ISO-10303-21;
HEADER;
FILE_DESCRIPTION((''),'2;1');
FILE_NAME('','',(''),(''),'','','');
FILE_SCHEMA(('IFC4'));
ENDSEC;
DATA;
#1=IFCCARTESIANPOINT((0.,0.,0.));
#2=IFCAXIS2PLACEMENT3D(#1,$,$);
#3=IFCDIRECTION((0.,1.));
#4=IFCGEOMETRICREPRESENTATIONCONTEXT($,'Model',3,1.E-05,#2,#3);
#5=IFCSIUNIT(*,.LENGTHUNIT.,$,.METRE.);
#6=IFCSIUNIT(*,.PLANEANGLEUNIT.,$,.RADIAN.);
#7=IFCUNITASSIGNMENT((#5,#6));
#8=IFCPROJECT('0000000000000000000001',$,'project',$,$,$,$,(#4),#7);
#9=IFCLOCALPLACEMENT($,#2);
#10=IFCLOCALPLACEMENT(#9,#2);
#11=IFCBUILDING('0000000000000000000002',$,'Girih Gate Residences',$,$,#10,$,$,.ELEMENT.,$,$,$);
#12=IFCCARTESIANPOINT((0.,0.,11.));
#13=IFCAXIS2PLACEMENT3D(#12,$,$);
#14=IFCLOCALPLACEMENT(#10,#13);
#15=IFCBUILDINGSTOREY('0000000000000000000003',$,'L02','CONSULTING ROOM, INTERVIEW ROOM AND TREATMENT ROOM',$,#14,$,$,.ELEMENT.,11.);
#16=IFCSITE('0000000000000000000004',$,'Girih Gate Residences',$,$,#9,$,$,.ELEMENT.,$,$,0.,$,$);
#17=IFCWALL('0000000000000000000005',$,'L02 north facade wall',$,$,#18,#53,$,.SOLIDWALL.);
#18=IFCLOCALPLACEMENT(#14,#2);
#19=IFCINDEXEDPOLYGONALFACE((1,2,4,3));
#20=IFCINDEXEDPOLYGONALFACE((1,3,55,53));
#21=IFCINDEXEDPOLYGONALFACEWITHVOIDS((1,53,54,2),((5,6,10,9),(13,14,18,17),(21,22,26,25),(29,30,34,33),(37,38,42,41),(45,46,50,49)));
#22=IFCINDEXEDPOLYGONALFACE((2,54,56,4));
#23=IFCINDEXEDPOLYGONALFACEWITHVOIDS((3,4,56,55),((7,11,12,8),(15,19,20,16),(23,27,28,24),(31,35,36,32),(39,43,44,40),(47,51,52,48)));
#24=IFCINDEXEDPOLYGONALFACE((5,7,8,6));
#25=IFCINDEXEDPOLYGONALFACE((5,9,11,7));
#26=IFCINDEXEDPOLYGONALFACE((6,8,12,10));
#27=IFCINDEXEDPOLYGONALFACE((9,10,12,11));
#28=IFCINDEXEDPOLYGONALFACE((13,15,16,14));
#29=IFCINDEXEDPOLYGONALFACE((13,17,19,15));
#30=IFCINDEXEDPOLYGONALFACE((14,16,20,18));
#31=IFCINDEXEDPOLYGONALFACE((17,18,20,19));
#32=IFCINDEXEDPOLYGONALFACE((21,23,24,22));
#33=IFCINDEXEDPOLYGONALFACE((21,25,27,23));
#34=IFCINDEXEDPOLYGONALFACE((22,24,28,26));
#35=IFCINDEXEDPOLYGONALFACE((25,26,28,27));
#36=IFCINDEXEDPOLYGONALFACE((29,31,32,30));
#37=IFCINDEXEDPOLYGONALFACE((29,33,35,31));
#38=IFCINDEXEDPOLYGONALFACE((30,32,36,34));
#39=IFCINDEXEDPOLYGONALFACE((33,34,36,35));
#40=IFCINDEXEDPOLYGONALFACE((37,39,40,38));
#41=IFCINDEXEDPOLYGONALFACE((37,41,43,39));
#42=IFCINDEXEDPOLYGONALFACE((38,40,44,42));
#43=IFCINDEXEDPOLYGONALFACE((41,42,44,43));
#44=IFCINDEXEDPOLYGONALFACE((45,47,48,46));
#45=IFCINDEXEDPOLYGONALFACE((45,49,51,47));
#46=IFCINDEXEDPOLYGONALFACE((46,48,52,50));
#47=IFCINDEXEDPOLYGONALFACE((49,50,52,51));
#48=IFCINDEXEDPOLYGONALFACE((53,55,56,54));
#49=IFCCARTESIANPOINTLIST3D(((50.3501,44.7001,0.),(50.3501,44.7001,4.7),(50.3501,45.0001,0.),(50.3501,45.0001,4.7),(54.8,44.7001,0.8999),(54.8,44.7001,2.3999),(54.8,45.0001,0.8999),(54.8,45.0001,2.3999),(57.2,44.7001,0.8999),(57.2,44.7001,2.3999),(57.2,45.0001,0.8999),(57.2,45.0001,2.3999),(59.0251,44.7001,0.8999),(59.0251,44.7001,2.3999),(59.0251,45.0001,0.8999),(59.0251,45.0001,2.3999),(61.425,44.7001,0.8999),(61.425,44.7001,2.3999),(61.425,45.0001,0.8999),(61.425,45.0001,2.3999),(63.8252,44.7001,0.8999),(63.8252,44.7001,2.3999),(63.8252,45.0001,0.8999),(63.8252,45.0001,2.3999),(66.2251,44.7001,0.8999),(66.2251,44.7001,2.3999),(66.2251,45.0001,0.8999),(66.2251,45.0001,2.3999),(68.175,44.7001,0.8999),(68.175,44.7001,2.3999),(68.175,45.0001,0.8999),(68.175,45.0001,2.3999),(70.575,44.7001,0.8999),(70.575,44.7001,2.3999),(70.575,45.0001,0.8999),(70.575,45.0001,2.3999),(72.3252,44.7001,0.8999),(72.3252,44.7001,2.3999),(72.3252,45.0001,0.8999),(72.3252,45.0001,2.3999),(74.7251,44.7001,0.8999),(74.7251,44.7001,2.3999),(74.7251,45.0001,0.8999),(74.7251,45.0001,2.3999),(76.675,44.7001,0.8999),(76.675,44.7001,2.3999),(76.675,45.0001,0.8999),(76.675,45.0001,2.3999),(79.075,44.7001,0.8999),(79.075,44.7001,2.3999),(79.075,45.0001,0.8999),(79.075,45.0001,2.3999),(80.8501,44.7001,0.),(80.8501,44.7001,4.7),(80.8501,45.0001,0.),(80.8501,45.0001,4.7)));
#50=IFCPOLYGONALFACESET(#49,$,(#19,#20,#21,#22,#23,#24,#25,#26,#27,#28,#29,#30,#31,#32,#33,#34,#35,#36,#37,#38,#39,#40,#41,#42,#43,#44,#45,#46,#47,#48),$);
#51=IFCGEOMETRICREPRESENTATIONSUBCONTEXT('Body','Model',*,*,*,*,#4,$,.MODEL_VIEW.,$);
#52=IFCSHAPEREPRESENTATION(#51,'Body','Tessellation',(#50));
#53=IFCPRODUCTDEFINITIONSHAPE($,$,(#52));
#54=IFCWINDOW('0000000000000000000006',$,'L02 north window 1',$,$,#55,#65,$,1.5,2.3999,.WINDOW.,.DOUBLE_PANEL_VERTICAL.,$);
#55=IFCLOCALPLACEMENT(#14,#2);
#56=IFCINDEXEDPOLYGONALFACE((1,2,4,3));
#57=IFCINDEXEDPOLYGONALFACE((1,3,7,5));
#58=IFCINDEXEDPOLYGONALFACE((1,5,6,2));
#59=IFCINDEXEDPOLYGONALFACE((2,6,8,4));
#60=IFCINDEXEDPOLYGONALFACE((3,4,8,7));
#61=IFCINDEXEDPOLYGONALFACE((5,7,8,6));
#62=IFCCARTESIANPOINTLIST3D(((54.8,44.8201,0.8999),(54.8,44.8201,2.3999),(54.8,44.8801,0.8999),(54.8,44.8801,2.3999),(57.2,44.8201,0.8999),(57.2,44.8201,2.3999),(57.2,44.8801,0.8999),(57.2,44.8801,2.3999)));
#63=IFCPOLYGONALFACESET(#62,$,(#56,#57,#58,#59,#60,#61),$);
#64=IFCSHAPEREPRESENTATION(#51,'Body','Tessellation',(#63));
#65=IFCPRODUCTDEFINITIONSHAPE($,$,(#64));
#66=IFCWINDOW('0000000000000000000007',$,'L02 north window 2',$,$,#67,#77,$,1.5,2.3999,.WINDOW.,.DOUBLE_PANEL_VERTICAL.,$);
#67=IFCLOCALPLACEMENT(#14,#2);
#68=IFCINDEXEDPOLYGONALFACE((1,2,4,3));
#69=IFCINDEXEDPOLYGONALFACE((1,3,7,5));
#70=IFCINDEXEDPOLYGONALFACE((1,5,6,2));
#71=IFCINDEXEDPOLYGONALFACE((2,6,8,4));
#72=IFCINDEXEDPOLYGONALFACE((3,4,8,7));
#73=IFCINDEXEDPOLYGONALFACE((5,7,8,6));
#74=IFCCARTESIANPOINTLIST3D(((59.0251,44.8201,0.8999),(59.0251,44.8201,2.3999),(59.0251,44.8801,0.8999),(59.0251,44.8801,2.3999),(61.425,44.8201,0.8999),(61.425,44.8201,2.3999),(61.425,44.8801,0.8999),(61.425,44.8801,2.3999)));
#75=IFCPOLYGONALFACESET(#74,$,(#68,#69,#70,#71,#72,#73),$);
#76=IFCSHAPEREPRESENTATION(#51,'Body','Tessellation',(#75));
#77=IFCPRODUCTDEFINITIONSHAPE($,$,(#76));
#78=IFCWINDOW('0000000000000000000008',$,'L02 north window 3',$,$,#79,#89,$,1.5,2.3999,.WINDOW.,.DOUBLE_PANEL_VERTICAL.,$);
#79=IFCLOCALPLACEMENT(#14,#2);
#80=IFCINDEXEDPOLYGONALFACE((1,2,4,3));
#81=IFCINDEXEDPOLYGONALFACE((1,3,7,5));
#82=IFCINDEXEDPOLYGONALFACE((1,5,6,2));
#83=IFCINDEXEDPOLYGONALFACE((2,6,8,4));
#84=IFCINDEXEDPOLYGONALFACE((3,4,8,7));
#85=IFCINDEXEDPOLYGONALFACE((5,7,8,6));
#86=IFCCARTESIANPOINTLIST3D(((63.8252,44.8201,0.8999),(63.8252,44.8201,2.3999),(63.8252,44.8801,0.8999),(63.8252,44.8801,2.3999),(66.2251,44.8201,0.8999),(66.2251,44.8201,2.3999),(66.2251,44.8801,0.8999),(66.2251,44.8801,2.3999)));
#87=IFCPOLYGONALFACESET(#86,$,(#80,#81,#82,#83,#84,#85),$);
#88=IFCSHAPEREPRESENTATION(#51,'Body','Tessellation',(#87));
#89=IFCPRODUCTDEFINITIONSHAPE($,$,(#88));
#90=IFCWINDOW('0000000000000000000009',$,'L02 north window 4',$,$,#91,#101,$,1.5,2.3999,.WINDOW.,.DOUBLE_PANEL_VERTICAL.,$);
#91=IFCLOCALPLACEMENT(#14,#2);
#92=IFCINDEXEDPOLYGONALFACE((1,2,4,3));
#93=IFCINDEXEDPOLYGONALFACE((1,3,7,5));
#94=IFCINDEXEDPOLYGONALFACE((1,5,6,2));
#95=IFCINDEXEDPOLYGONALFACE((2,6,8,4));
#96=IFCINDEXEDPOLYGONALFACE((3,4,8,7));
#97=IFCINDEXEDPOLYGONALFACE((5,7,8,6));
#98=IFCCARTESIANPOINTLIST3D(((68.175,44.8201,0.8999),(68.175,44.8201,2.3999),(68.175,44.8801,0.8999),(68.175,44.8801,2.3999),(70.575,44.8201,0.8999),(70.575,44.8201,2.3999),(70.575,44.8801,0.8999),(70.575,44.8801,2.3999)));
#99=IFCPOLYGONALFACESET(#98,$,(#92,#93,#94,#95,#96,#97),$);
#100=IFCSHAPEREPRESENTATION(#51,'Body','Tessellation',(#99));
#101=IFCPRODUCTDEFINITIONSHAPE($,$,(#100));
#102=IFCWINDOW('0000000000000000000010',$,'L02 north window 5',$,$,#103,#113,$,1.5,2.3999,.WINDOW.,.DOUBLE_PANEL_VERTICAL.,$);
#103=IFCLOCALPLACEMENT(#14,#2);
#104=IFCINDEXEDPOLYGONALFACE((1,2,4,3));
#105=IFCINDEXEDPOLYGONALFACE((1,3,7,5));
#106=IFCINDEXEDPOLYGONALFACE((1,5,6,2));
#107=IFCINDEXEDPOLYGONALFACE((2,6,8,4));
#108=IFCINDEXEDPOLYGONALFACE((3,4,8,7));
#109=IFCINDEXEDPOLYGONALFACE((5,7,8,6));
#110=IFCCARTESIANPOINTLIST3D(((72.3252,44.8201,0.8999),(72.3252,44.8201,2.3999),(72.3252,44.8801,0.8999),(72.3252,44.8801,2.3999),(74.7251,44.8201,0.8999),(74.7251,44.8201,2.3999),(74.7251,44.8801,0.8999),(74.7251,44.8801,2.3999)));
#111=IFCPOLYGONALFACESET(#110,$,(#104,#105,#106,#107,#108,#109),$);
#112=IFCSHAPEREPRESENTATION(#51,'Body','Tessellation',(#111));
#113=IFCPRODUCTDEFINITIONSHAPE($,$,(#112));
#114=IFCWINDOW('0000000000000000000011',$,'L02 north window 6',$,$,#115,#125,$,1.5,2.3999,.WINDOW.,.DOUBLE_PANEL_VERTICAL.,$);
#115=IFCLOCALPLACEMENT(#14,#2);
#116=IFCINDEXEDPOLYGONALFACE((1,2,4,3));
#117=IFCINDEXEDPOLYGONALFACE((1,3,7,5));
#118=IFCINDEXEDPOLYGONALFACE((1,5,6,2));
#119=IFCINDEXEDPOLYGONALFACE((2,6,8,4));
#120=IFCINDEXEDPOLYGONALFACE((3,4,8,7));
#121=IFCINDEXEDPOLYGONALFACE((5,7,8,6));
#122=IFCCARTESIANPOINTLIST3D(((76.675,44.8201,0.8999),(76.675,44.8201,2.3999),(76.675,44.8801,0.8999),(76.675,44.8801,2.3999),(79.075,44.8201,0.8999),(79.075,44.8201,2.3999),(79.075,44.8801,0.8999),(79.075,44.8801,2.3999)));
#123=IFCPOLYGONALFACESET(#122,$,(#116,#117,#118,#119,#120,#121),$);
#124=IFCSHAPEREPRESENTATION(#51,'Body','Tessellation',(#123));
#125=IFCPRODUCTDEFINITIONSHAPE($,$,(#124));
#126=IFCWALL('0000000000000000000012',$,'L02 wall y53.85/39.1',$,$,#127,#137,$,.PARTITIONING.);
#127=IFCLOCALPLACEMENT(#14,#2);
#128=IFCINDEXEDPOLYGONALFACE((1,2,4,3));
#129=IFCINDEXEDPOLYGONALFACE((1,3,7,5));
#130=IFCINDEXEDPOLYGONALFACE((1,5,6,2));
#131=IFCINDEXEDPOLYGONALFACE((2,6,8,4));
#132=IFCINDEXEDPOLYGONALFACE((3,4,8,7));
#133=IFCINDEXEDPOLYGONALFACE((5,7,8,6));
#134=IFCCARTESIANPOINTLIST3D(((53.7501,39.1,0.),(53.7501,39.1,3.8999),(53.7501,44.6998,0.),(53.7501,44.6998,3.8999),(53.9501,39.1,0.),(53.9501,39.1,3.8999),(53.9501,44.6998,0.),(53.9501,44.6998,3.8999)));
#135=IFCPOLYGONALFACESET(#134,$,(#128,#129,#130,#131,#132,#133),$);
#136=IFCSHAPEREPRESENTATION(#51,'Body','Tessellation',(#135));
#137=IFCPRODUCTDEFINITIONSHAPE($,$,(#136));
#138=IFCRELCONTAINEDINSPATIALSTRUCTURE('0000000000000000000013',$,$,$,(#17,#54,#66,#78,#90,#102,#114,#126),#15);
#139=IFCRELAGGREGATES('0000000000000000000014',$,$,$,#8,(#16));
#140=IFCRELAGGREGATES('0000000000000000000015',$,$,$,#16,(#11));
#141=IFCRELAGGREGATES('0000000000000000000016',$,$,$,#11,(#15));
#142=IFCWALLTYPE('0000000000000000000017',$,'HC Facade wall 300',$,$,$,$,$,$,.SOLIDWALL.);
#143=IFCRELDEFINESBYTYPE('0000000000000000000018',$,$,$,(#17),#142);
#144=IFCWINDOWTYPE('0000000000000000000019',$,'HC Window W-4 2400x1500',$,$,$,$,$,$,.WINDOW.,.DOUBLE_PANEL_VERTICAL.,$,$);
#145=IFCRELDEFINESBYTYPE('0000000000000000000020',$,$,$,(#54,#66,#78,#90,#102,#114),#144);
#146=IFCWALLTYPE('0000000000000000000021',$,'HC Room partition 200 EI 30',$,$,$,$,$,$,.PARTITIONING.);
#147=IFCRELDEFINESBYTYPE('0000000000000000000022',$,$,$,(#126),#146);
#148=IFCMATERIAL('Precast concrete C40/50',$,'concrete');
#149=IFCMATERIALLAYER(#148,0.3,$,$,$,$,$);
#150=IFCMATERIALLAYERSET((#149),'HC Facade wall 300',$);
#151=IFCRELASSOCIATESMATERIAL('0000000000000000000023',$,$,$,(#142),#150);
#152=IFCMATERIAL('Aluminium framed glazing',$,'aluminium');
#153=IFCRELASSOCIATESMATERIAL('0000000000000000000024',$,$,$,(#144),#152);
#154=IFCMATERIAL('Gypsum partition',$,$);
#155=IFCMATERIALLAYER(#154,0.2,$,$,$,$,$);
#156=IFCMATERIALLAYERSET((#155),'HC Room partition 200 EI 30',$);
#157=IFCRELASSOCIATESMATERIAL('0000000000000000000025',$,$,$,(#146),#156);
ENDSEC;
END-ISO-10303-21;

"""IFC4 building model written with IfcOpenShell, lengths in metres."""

from ifc_helpers import new_model, si_unit, direction, frame, frame_2d, origin, place, context, subcontext, project, spatial, rectangle, extrude, material, layer, layer_set, type_object, element, fill, save


model = new_model("IFC4")

# Units and contexts
model_context = context("Model", 3, precision=1e-05, world=origin(), true_north=direction((0.0, 1.0)))
body_context = subcontext(model_context, "Body", "Model", "MODEL_VIEW")
ifc_project = project(units=[si_unit("LENGTHUNIT", "METRE"), si_unit("PLANEANGLEUNIT", "RADIAN")], contexts=[model_context])

# Site, building, storey
site_placement = place(None, origin())
site = spatial("IfcSite", under=ifc_project, at=site_placement, Name="Girih Gate Residences", CompositionType="ELEMENT", RefElevation=0.0)
building_placement = place(site_placement, origin())
building = spatial("IfcBuilding", under=site, at=building_placement, Name="Girih Gate Residences", CompositionType="ELEMENT")
storey_placement = place(building_placement, frame((0.0, 0.0, 11.0)))
storey = spatial("IfcBuildingStorey", under=building, at=storey_placement, Name="L02", Description="CONSULTING ROOM, INTERVIEW ROOM AND TREATMENT ROOM", CompositionType="ELEMENT", Elevation=11.0)

# Wall, openings, windows
ifc_material_1 = material(Name="Precast concrete C40/50", Category="concrete")
ifc_layer_1 = layer(ifc_material_1, 0.3)
ifc_layer_set_1 = layer_set([ifc_layer_1], Name="HC Facade wall 300")
wall_type_1 = type_object("IfcWallType", Name="HC Facade wall 300", PredefinedType="SOLIDWALL", material=ifc_layer_set_1)
wall_1_placement = place(storey_placement, frame((50.3501, 44.8501, 0.0), z_axis=(0.0, 0.0, 1.0), x_axis=(1.0, 0.0, 0.0)))
wall_1 = element("IfcWall", 1, at=wall_1_placement, inside=storey, type_object=wall_type_1, Name="L02 north facade wall", PredefinedType="SOLIDWALL", context=body_context, shape_type="SweptSolid", body=[
    extrude(rectangle(XDim=30.5, YDim=0.3, at=frame_2d((15.25, 0.0))), origin(), (0.0, 0.0, 1.0), 4.7),
])
opening_1_placement = place(wall_1_placement, frame((4.45, 0.0, 0.8999)))
opening_1 = element("IfcOpeningElement", 2, at=opening_1_placement, cuts=wall_1, PredefinedType="OPENING", context=body_context, shape_type="SweptSolid", body=[
    extrude(rectangle(XDim=2.3999, YDim=1.5, at=frame_2d((1.2, 0.75))), frame((0.0, 0.1599, 0.0), z_axis=(0.0, -1.0, 0.0), x_axis=(1.0, 0.0, 0.0)), (0.0, 0.0, 1.0), 0.3201),
])
opening_2_placement = place(wall_1_placement, frame((8.675, 0.0, 0.8999)))
opening_2 = element("IfcOpeningElement", 3, at=opening_2_placement, cuts=wall_1, PredefinedType="OPENING", context=body_context, shape_type="SweptSolid", body=[
    extrude(rectangle(XDim=2.3999, YDim=1.5, at=frame_2d((1.2, 0.75))), frame((0.0, 0.1599, 0.0), z_axis=(0.0, -1.0, 0.0), x_axis=(1.0, 0.0, 0.0)), (0.0, 0.0, 1.0), 0.3201),
])
opening_3_placement = place(wall_1_placement, frame((13.4751, 0.0, 0.8999)))
opening_3 = element("IfcOpeningElement", 4, at=opening_3_placement, cuts=wall_1, PredefinedType="OPENING", context=body_context, shape_type="SweptSolid", body=[
    extrude(rectangle(XDim=2.3999, YDim=1.5, at=frame_2d((1.2, 0.75))), frame((0.0, 0.1599, 0.0), z_axis=(0.0, -1.0, 0.0), x_axis=(1.0, 0.0, 0.0)), (0.0, 0.0, 1.0), 0.3201),
])
opening_4_placement = place(wall_1_placement, frame((17.825, 0.0, 0.8999)))
opening_4 = element("IfcOpeningElement", 5, at=opening_4_placement, cuts=wall_1, PredefinedType="OPENING", context=body_context, shape_type="SweptSolid", body=[
    extrude(rectangle(XDim=2.3999, YDim=1.5, at=frame_2d((1.2, 0.75))), frame((0.0, 0.1599, 0.0), z_axis=(0.0, -1.0, 0.0), x_axis=(1.0, 0.0, 0.0)), (0.0, 0.0, 1.0), 0.3201),
])
opening_5_placement = place(wall_1_placement, frame((21.9751, 0.0, 0.8999)))
opening_5 = element("IfcOpeningElement", 6, at=opening_5_placement, cuts=wall_1, PredefinedType="OPENING", context=body_context, shape_type="SweptSolid", body=[
    extrude(rectangle(XDim=2.3999, YDim=1.5, at=frame_2d((1.2, 0.75))), frame((0.0, 0.1599, 0.0), z_axis=(0.0, -1.0, 0.0), x_axis=(1.0, 0.0, 0.0)), (0.0, 0.0, 1.0), 0.3201),
])
opening_6_placement = place(wall_1_placement, frame((26.325, 0.0, 0.8999)))
opening_6 = element("IfcOpeningElement", 7, at=opening_6_placement, cuts=wall_1, PredefinedType="OPENING", context=body_context, shape_type="SweptSolid", body=[
    extrude(rectangle(XDim=2.3999, YDim=1.5, at=frame_2d((1.2, 0.75))), frame((0.0, 0.1599, 0.0), z_axis=(0.0, -1.0, 0.0), x_axis=(1.0, 0.0, 0.0)), (0.0, 0.0, 1.0), 0.3201),
])
ifc_material_2 = material(Name="Aluminium framed glazing", Category="aluminium")
window_type_1 = type_object("IfcWindowType", Name="HC Window W-4 2400x1500", PartitioningType="DOUBLE_PANEL_VERTICAL", PredefinedType="WINDOW", material=ifc_material_2)
window_1_placement = place(opening_1_placement, origin())
window_1 = element("IfcWindow", 8, at=window_1_placement, inside=storey, type_object=window_type_1, Name="L02 north window 1", OverallHeight=1.5, OverallWidth=2.3999, PartitioningType="DOUBLE_PANEL_VERTICAL", PredefinedType="WINDOW", context=body_context, shape_type="SweptSolid", body=[
    extrude(rectangle(XDim=2.3999, YDim=1.5, at=frame_2d((1.2, 0.75))), frame((0.0, 0.03, 0.0), z_axis=(0.0, -1.0, 0.0), x_axis=(1.0, 0.0, 0.0)), (0.0, 0.0, 1.0), 0.0601),
])
fill(opening_1, window_1)
window_2_placement = place(opening_2_placement, origin())
window_2 = element("IfcWindow", 9, at=window_2_placement, inside=storey, type_object=window_type_1, Name="L02 north window 2", OverallHeight=1.5, OverallWidth=2.3999, PartitioningType="DOUBLE_PANEL_VERTICAL", PredefinedType="WINDOW", context=body_context, shape_type="SweptSolid", body=[
    extrude(rectangle(XDim=2.3999, YDim=1.5, at=frame_2d((1.2, 0.75))), frame((0.0, 0.03, 0.0), z_axis=(0.0, -1.0, 0.0), x_axis=(1.0, 0.0, 0.0)), (0.0, 0.0, 1.0), 0.0601),
])
fill(opening_2, window_2)
window_3_placement = place(opening_3_placement, origin())
window_3 = element("IfcWindow", 10, at=window_3_placement, inside=storey, type_object=window_type_1, Name="L02 north window 3", OverallHeight=1.5, OverallWidth=2.3999, PartitioningType="DOUBLE_PANEL_VERTICAL", PredefinedType="WINDOW", context=body_context, shape_type="SweptSolid", body=[
    extrude(rectangle(XDim=2.3999, YDim=1.5, at=frame_2d((1.2, 0.75))), frame((0.0, 0.03, 0.0), z_axis=(0.0, -1.0, 0.0), x_axis=(1.0, 0.0, 0.0)), (0.0, 0.0, 1.0), 0.0601),
])
fill(opening_3, window_3)
window_4_placement = place(opening_4_placement, origin())
window_4 = element("IfcWindow", 11, at=window_4_placement, inside=storey, type_object=window_type_1, Name="L02 north window 4", OverallHeight=1.5, OverallWidth=2.3999, PartitioningType="DOUBLE_PANEL_VERTICAL", PredefinedType="WINDOW", context=body_context, shape_type="SweptSolid", body=[
    extrude(rectangle(XDim=2.3999, YDim=1.5, at=frame_2d((1.2, 0.75))), frame((0.0, 0.03, 0.0), z_axis=(0.0, -1.0, 0.0), x_axis=(1.0, 0.0, 0.0)), (0.0, 0.0, 1.0), 0.0601),
])
fill(opening_4, window_4)
window_5_placement = place(opening_5_placement, origin())
window_5 = element("IfcWindow", 12, at=window_5_placement, inside=storey, type_object=window_type_1, Name="L02 north window 5", OverallHeight=1.5, OverallWidth=2.3999, PartitioningType="DOUBLE_PANEL_VERTICAL", PredefinedType="WINDOW", context=body_context, shape_type="SweptSolid", body=[
    extrude(rectangle(XDim=2.3999, YDim=1.5, at=frame_2d((1.2, 0.75))), frame((0.0, 0.03, 0.0), z_axis=(0.0, -1.0, 0.0), x_axis=(1.0, 0.0, 0.0)), (0.0, 0.0, 1.0), 0.0601),
])
fill(opening_5, window_5)
window_6_placement = place(opening_6_placement, origin())
window_6 = element("IfcWindow", 13, at=window_6_placement, inside=storey, type_object=window_type_1, Name="L02 north window 6", OverallHeight=1.5, OverallWidth=2.3999, PartitioningType="DOUBLE_PANEL_VERTICAL", PredefinedType="WINDOW", context=body_context, shape_type="SweptSolid", body=[
    extrude(rectangle(XDim=2.3999, YDim=1.5, at=frame_2d((1.2, 0.75))), frame((0.0, 0.03, 0.0), z_axis=(0.0, -1.0, 0.0), x_axis=(1.0, 0.0, 0.0)), (0.0, 0.0, 1.0), 0.0601),
])
fill(opening_6, window_6)

# Wall
ifc_material_3 = material(Name="Gypsum partition")
ifc_layer_2 = layer(ifc_material_3, 0.2)
ifc_layer_set_2 = layer_set([ifc_layer_2], Name="HC Room partition 200 EI 30")
wall_type_2 = type_object("IfcWallType", Name="HC Room partition 200 EI 30", PredefinedType="PARTITIONING", material=ifc_layer_set_2)
wall_2_placement = place(storey_placement, frame((53.8501, 39.1001, 0.0), z_axis=(0.0, 0.0, 1.0), x_axis=(0.0, 1.0, 0.0)))
element("IfcWall", 14, at=wall_2_placement, inside=storey, type_object=wall_type_2, Name="L02 wall y53.85/39.1", PredefinedType="PARTITIONING", context=body_context, shape_type="SweptSolid", body=[
    extrude(rectangle(XDim=5.5999, YDim=0.2, at=frame_2d((2.7998, 0.0))), origin(), (0.0, 0.0, 1.0), 3.8999),
])

save(model, "model.ifc")
